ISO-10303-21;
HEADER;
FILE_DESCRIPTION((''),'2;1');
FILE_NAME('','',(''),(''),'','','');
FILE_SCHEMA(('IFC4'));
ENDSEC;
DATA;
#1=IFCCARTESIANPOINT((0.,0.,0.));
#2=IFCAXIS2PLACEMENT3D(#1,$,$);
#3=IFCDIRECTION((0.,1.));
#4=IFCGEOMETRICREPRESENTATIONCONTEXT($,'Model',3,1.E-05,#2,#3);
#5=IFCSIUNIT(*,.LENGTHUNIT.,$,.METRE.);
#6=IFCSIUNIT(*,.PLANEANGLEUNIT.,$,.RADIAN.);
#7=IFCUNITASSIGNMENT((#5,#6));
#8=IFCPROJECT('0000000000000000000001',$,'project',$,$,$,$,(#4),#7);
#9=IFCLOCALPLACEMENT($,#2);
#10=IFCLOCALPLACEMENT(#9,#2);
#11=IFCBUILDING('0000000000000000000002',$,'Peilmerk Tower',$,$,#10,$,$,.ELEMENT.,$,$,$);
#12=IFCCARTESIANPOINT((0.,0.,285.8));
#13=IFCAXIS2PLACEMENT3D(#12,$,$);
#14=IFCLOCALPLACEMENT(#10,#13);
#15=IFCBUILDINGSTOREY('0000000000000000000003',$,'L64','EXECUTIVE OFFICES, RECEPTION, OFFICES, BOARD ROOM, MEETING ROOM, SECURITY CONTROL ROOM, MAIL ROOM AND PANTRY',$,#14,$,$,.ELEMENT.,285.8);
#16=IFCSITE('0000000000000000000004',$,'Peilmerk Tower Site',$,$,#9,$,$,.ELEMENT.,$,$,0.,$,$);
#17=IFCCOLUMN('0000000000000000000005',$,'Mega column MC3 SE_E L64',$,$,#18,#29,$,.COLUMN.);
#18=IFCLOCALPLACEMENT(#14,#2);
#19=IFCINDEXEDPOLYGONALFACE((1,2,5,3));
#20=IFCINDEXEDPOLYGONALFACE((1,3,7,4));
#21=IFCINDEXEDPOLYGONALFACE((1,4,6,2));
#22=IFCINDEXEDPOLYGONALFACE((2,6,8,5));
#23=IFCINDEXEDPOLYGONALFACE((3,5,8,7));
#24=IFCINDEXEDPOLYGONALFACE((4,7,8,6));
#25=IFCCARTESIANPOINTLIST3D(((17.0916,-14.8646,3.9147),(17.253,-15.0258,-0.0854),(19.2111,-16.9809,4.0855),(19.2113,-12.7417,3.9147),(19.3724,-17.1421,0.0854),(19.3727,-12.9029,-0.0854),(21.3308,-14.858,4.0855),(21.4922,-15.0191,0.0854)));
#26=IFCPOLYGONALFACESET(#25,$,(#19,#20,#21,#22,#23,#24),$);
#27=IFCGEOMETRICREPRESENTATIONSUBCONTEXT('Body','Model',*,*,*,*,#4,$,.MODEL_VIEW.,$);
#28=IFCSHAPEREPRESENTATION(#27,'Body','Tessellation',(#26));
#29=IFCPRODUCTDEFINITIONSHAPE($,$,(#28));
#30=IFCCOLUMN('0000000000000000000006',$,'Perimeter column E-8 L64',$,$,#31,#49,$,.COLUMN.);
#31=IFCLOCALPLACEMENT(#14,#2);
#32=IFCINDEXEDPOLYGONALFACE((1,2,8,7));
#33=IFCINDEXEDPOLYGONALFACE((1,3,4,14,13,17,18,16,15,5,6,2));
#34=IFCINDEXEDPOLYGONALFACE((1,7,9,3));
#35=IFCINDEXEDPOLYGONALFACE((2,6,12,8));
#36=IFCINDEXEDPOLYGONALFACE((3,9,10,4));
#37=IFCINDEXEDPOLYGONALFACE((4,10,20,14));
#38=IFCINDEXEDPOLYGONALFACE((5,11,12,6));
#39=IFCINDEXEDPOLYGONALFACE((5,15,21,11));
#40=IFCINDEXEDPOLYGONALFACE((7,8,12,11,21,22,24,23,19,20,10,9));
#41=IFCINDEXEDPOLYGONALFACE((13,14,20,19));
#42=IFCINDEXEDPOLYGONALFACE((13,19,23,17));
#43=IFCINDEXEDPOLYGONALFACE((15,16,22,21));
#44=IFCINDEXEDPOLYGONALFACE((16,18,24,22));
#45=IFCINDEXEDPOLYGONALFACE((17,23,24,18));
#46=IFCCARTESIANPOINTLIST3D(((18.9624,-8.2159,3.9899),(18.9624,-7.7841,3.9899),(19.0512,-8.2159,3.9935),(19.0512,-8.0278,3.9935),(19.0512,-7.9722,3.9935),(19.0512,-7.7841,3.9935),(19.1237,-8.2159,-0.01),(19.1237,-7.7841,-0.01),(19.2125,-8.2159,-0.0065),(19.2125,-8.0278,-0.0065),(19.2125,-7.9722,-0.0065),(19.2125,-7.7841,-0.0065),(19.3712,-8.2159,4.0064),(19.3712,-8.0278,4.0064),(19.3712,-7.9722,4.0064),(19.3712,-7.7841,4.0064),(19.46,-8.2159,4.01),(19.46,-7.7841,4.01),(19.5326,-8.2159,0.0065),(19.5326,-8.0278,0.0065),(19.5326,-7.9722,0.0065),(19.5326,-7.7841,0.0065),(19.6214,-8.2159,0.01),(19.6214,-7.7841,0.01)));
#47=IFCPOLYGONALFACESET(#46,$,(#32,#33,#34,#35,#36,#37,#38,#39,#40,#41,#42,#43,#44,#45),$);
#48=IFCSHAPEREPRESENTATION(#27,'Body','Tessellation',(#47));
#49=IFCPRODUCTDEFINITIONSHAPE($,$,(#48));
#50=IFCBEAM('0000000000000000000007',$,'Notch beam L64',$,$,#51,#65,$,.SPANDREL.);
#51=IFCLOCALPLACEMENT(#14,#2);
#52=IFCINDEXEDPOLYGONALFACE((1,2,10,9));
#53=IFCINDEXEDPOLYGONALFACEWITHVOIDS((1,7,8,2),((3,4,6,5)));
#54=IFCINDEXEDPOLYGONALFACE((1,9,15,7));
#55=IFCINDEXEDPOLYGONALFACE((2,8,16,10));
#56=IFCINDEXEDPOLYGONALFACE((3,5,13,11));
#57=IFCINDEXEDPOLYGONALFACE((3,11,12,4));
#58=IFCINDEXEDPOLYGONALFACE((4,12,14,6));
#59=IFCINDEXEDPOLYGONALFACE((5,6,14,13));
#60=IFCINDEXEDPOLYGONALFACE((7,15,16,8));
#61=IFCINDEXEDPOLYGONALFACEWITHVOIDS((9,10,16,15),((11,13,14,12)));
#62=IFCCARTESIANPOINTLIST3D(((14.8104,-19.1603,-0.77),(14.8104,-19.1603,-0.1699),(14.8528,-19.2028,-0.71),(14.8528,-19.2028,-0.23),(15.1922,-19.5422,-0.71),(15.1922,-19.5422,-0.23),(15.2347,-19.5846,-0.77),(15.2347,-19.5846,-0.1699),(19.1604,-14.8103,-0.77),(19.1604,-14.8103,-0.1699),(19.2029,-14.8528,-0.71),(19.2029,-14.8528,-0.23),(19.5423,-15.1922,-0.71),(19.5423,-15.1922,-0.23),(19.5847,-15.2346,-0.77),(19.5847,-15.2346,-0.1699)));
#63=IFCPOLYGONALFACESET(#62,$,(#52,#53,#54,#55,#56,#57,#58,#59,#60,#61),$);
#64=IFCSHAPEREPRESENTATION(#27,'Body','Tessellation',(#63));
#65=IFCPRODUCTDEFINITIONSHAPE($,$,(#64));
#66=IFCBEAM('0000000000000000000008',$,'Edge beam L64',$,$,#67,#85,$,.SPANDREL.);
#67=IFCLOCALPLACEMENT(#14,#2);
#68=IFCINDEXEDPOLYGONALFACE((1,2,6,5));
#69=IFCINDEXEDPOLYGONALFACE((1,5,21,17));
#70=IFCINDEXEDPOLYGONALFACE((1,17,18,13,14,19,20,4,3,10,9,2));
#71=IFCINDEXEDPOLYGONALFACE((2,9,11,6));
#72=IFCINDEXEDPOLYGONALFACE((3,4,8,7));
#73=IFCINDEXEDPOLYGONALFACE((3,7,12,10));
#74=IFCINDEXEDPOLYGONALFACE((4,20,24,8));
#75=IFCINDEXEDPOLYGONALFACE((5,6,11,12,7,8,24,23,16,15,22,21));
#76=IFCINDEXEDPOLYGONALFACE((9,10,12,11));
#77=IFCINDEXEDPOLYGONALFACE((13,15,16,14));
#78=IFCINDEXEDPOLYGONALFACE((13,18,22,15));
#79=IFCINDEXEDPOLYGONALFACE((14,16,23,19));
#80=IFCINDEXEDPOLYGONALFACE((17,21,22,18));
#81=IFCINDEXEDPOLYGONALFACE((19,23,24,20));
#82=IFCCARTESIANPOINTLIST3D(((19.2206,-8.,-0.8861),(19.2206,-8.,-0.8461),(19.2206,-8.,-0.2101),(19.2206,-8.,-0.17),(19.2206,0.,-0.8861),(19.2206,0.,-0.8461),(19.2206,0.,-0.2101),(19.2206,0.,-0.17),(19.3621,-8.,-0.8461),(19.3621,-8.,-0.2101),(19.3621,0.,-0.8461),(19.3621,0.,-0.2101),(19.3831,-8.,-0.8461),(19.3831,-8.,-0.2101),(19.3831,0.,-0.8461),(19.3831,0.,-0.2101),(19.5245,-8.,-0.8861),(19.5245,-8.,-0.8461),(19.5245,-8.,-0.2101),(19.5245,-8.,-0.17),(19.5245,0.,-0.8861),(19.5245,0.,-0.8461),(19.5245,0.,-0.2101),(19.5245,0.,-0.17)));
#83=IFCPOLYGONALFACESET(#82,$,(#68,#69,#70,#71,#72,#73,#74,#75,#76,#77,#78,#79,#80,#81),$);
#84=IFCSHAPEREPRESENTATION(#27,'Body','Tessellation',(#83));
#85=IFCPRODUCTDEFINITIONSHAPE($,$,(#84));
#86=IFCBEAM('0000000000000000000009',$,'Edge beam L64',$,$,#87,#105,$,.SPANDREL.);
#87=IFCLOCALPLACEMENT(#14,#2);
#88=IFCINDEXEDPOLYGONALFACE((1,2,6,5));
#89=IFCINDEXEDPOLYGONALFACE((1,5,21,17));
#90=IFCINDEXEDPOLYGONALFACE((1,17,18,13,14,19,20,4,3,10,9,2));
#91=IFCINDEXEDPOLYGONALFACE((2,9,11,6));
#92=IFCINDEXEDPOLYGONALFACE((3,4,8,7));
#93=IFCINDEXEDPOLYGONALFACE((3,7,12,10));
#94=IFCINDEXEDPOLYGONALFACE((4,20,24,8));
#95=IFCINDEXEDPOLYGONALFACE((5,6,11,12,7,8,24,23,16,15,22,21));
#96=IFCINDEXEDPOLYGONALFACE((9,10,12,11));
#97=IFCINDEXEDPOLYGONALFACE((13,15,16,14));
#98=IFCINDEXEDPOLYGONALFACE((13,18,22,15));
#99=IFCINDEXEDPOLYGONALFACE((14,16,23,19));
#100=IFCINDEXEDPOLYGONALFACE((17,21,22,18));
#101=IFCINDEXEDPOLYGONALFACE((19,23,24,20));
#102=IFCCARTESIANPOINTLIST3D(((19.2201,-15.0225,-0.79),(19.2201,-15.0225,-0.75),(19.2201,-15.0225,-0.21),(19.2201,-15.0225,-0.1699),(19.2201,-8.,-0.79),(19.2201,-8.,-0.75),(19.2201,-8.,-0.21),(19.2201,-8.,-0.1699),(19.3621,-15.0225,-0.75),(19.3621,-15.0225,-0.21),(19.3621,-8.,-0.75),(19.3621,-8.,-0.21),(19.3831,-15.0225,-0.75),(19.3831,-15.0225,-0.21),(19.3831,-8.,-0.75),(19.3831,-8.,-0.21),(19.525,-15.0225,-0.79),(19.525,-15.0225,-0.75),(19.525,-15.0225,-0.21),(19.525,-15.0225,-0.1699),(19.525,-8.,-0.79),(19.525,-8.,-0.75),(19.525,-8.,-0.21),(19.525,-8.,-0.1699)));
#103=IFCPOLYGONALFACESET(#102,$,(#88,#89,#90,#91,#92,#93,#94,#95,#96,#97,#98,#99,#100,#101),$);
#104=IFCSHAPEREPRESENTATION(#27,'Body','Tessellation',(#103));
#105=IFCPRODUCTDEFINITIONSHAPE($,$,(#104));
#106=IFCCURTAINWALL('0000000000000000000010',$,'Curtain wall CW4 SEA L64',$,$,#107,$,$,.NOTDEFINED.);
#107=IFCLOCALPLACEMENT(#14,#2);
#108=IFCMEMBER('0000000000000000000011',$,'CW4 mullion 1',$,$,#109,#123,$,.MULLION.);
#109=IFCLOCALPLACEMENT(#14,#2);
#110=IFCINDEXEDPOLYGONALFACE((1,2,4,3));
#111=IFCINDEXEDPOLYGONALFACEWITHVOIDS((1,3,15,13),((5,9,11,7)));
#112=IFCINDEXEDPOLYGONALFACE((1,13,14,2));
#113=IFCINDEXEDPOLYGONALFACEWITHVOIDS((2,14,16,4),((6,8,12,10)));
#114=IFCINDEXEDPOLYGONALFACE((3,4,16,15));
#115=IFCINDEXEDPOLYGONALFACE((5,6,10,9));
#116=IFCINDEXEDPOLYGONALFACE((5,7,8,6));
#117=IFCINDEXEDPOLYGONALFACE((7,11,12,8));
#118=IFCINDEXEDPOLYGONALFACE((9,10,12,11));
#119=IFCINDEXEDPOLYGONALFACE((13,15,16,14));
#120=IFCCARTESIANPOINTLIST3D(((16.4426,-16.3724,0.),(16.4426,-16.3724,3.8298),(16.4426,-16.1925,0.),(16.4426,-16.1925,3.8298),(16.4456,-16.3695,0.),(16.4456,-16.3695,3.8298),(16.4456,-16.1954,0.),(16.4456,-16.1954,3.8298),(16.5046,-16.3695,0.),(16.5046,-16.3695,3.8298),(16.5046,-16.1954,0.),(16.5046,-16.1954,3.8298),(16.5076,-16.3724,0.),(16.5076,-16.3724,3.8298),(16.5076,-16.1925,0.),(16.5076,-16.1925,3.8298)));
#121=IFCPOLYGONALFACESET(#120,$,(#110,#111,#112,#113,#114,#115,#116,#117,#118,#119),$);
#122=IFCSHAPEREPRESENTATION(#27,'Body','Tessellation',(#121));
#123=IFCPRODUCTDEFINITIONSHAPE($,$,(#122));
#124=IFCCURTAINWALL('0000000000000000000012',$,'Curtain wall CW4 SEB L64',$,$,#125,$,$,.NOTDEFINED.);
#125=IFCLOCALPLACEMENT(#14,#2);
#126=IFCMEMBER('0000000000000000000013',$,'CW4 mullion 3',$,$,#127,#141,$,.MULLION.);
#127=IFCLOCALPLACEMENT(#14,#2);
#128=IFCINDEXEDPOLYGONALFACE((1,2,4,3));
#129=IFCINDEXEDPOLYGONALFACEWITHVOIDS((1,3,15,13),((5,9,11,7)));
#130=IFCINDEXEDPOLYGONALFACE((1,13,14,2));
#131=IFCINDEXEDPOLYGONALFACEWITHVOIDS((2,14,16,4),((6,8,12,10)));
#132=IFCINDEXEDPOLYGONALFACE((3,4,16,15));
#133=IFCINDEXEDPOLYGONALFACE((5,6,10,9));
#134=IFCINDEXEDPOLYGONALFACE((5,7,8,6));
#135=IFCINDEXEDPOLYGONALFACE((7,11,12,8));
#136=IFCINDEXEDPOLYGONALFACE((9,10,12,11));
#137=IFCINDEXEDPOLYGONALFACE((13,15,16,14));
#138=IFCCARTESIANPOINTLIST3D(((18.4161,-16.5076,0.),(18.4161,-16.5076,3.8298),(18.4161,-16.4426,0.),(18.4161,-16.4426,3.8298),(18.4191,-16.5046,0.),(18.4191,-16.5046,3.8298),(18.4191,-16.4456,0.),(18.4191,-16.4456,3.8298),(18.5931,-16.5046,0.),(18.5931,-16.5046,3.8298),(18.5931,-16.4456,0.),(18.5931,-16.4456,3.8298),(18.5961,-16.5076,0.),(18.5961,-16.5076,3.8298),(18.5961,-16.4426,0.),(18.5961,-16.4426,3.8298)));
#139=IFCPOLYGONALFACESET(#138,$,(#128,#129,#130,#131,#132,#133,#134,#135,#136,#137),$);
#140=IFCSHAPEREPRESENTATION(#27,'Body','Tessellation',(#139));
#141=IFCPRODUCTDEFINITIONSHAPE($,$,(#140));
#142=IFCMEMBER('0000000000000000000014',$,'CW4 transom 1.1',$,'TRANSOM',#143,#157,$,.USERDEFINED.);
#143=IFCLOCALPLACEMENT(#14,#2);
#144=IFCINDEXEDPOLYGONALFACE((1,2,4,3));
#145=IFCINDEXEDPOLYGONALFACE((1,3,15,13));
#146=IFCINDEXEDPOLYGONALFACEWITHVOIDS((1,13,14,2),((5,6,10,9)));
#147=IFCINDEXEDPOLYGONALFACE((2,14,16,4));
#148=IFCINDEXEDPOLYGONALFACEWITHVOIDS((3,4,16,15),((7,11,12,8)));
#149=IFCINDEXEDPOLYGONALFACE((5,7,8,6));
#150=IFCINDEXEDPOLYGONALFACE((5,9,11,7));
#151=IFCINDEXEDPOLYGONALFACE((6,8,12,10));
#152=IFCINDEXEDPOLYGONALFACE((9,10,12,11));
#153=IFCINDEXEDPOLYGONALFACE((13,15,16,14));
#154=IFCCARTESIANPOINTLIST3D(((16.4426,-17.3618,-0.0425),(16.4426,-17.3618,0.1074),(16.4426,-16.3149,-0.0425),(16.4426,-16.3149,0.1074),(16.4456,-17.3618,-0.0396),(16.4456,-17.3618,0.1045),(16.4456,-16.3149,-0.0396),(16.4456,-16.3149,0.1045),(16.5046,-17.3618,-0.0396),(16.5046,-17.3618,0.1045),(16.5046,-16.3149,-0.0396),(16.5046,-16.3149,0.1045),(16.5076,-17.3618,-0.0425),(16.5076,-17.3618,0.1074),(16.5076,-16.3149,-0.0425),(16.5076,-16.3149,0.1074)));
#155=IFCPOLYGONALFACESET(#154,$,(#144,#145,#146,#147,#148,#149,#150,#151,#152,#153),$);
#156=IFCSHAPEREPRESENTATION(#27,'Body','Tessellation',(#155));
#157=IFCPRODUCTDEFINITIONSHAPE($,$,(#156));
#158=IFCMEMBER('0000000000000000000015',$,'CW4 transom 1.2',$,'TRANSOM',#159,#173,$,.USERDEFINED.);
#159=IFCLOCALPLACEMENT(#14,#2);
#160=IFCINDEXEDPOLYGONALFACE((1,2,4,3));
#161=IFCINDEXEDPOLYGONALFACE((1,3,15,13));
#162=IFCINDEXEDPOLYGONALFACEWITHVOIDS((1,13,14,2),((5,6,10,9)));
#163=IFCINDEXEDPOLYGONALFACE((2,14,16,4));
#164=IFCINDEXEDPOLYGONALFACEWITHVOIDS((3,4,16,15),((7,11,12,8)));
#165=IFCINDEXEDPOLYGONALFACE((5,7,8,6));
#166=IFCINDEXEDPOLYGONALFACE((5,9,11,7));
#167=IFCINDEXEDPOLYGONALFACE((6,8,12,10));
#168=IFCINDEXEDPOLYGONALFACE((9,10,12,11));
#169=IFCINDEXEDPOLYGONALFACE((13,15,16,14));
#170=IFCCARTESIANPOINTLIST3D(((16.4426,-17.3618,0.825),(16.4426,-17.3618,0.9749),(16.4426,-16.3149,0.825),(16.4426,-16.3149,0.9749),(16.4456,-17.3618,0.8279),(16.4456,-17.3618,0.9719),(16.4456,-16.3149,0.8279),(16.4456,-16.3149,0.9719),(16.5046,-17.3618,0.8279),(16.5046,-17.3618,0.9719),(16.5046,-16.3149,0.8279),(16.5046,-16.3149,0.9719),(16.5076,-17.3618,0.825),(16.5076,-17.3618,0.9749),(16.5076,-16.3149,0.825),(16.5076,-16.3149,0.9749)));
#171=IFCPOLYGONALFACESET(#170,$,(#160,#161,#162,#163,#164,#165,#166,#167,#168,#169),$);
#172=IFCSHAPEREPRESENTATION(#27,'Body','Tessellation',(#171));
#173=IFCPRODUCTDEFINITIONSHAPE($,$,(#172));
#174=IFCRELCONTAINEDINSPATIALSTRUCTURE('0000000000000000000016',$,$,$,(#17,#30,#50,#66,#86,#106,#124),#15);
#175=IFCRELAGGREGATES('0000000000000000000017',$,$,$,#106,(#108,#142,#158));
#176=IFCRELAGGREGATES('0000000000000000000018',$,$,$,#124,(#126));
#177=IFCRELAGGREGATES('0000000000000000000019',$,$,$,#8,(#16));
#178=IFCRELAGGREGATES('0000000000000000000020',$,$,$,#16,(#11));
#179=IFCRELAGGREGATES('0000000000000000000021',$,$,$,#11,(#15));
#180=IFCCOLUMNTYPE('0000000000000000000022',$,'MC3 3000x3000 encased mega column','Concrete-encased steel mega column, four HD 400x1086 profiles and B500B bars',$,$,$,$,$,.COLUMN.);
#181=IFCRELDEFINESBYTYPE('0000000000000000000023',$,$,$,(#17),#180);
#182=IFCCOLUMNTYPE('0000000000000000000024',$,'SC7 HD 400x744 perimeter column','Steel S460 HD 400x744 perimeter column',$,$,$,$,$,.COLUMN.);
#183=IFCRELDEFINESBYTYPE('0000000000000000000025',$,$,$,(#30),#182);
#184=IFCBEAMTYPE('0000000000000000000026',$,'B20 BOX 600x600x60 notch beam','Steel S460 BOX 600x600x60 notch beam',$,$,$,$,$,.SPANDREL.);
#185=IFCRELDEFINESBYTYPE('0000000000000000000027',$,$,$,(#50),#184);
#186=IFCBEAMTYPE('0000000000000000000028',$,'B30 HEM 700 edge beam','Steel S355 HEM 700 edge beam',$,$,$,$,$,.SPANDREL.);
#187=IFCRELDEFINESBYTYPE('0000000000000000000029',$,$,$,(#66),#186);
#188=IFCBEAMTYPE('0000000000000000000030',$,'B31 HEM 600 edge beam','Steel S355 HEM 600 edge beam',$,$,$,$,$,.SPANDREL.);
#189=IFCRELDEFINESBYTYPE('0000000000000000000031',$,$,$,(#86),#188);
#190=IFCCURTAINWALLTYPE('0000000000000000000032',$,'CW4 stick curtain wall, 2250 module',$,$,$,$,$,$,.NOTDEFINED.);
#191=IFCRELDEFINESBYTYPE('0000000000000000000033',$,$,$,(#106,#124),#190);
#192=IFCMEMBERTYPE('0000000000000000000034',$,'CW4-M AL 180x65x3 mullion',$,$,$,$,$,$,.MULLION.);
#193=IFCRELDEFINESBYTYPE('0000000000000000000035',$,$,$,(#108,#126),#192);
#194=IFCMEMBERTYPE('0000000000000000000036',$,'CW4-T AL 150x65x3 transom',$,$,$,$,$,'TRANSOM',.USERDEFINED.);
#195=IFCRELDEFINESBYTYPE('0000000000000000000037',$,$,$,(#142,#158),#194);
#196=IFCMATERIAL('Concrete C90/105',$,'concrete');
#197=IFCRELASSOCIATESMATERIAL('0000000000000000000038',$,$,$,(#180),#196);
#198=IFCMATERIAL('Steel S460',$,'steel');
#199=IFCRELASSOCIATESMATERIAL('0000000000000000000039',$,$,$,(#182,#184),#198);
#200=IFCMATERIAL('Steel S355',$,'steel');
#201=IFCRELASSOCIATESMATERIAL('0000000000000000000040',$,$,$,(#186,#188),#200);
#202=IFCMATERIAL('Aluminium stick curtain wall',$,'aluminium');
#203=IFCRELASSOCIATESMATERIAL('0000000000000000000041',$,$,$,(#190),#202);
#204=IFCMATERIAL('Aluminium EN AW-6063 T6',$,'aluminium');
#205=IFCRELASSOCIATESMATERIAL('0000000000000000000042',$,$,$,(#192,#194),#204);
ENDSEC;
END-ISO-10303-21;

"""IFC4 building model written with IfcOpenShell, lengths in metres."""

from ifc_helpers import new_model, si_unit, direction, frame, origin, origin_2d, place, context, subcontext, project, spatial, rectangle, hollow_rectangle, i_section, extrude, material, material_profile, profile_set, type_object, element, aggregate, save


model = new_model("IFC4")

# Units and contexts
model_context = context("Model", 3, precision=1e-05, world=origin(), true_north=direction((0.0, 1.0)))
body_context = subcontext(model_context, "Body", "Model", "MODEL_VIEW")
ifc_project = project(units=[si_unit("LENGTHUNIT", "METRE"), si_unit("PLANEANGLEUNIT", "RADIAN")], contexts=[model_context])

# Site, building, storey
site_placement = place(None, origin())
site = spatial("IfcSite", under=ifc_project, at=site_placement, Name="Peilmerk Tower Site", CompositionType="ELEMENT", RefElevation=0.0)
building_placement = place(site_placement, origin())
building = spatial("IfcBuilding", under=site, at=building_placement, Name="Peilmerk Tower", CompositionType="ELEMENT")
storey_placement = place(building_placement, frame((0.0, 0.0, 285.8)))
storey = spatial("IfcBuildingStorey", under=building, at=storey_placement, Name="L64", Description="EXECUTIVE OFFICES, RECEPTION, OFFICES, BOARD ROOM, MEETING ROOM, SECURITY CONTROL ROOM, MAIL ROOM AND PANTRY", CompositionType="ELEMENT", Elevation=285.8)

# Columns
ifc_material_1 = material(Name="Concrete C90/105", Category="concrete")
ifc_material_profile_1 = material_profile(ifc_material_1, rectangle(XDim=3.0, YDim=3.0, at=origin_2d()), Name="RC 3000x3000")
ifc_profile_set_1 = profile_set([ifc_material_profile_1], Name="Concrete C90/105")
column_type_1 = type_object("IfcColumnType", Name="MC3 3000x3000 encased mega column", Description="Concrete-encased steel mega column, four HD 400x1086 profiles and B500B bars", PredefinedType="COLUMN", material=ifc_profile_set_1)
column_1_placement = place(storey_placement, frame((19.3726, -15.0225, 0.0), z_axis=(-0.040279, 0.040218, 0.998379), x_axis=(-0.706571, -0.707642, 0.0)))
element("IfcColumn", 1, at=column_1_placement, inside=storey, type_object=column_type_1, Name="Mega column MC3 SE_E L64", PredefinedType="COLUMN", context=body_context, shape_type="SweptSolid", body=[
    extrude(rectangle(XDim=3.0, YDim=3.0, at=origin_2d()), origin(), (0.0, 0.0, 1.0), 4.0066),
])
ifc_material_2 = material(Name="Steel S460", Category="steel")
ifc_material_profile_2 = material_profile(ifc_material_2, i_section(OverallWidth=0.4319, OverallDepth=0.498, WebThickness=0.0557, FlangeThickness=0.0889, at=origin_2d()), Name="HD 400x744")
ifc_profile_set_2 = profile_set([ifc_material_profile_2], Name="Steel S460")
column_type_2 = type_object("IfcColumnType", Name="SC7 HD 400x744 perimeter column", Description="Steel S460 HD 400x744 perimeter column", PredefinedType="COLUMN", material=ifc_profile_set_2)
column_2_placement = place(storey_placement, frame((19.3726, -8.0, 0.0), z_axis=(-0.040311, 0.0, 0.999187), x_axis=(0.0, -1.0, 0.0)))
element("IfcColumn", 2, at=column_2_placement, inside=storey, type_object=column_type_2, Name="Perimeter column E-8 L64", PredefinedType="COLUMN", context=body_context, shape_type="SweptSolid", body=[
    extrude(i_section(OverallWidth=0.4319, OverallDepth=0.498, WebThickness=0.0557, FlangeThickness=0.0889, at=origin_2d()), origin(), (0.0, 0.0, 1.0), 4.0032),
])

# Beams
ifc_material_profile_3 = material_profile(ifc_material_2, hollow_rectangle(XDim=0.6001, YDim=0.6001, WallThickness=0.0601, at=origin_2d()), Name="BOX 600x600x60")
ifc_profile_set_3 = profile_set([ifc_material_profile_3], Name="Steel S460")
beam_type_1 = type_object("IfcBeamType", Name="B20 BOX 600x600x60 notch beam", Description="Steel S460 BOX 600x600x60 notch beam", PredefinedType="SPANDREL", material=ifc_profile_set_3)
beam_1_placement = place(storey_placement, frame((19.3726, -15.0225, -0.47), z_axis=(-0.707107, -0.707107, 0.0), x_axis=(0.707107, -0.707107, 0.0)))
element("IfcBeam", 3, at=beam_1_placement, inside=storey, type_object=beam_type_1, Name="Notch beam L64", PredefinedType="SPANDREL", context=body_context, shape_type="SweptSolid", body=[
    extrude(hollow_rectangle(XDim=0.6001, YDim=0.6001, WallThickness=0.0601, at=origin_2d()), origin(), (0.0, 0.0, 1.0), 6.1519),
])
ifc_material_3 = material(Name="Steel S355", Category="steel")
ifc_material_profile_4 = material_profile(ifc_material_3, i_section(OverallWidth=0.304, OverallDepth=0.7161, WebThickness=0.021, FlangeThickness=0.04, at=origin_2d()), Name="HEM 700")
ifc_profile_set_4 = profile_set([ifc_material_profile_4], Name="Steel S355")
beam_type_2 = type_object("IfcBeamType", Name="B30 HEM 700 edge beam", Description="Steel S355 HEM 700 edge beam", PredefinedType="SPANDREL", material=ifc_profile_set_4)
beam_2_placement = place(storey_placement, frame((19.3726, -8.0, -0.5281), z_axis=(0.0, 1.0, 0.0), x_axis=(-1.0, 0.0, 0.0)))
element("IfcBeam", 4, at=beam_2_placement, inside=storey, type_object=beam_type_2, Name="Edge beam L64", PredefinedType="SPANDREL", context=body_context, shape_type="SweptSolid", body=[
    extrude(i_section(OverallWidth=0.304, OverallDepth=0.7161, WebThickness=0.021, FlangeThickness=0.04, at=origin_2d()), origin(), (0.0, 0.0, 1.0), 8.0),
])
ifc_material_profile_5 = material_profile(ifc_material_3, i_section(OverallWidth=0.3049, OverallDepth=0.6201, WebThickness=0.021, FlangeThickness=0.04, at=origin_2d()), Name="HEM 600")
ifc_profile_set_5 = profile_set([ifc_material_profile_5], Name="Steel S355")
beam_type_3 = type_object("IfcBeamType", Name="B31 HEM 600 edge beam", Description="Steel S355 HEM 600 edge beam", PredefinedType="SPANDREL", material=ifc_profile_set_5)
beam_3_placement = place(storey_placement, frame((19.3726, -15.0225, -0.48), z_axis=(0.0, 1.0, 0.0), x_axis=(-1.0, 0.0, 0.0)))
element("IfcBeam", 5, at=beam_3_placement, inside=storey, type_object=beam_type_3, Name="Edge beam L64", PredefinedType="SPANDREL", context=body_context, shape_type="SweptSolid", body=[
    extrude(i_section(OverallWidth=0.3049, OverallDepth=0.6201, WebThickness=0.021, FlangeThickness=0.04, at=origin_2d()), origin(), (0.0, 0.0, 1.0), 7.0225),
])

# Curtain walls, members
ifc_material_4 = material(Name="Aluminium stick curtain wall", Category="aluminium")
curtain_wall_type = type_object("IfcCurtainWallType", Name="CW4 stick curtain wall, 2250 module", PredefinedType="NOTDEFINED", material=ifc_material_4)
curtain_wall_1_placement = place(storey_placement, origin())
curtain_wall_1 = element("IfcCurtainWall", 6, at=curtain_wall_1_placement, inside=storey, type_object=curtain_wall_type, Name="Curtain wall CW4 SEA L64", PredefinedType="NOTDEFINED")
ifc_material_5 = material(Name="Aluminium EN AW-6063 T6", Category="aluminium")
ifc_material_profile_6 = material_profile(ifc_material_5, hollow_rectangle(XDim=0.0649, YDim=0.1799, WallThickness=0.0029, at=origin_2d()), Name="AL 180x65x3")
ifc_profile_set_6 = profile_set([ifc_material_profile_6], Name="Aluminium EN AW-6063 T6")
member_type_1 = type_object("IfcMemberType", Name="CW4-M AL 180x65x3 mullion", PredefinedType="MULLION", material=ifc_profile_set_6)
member_1_placement = place(storey_placement, frame((16.4751, -16.2825, 0.0), z_axis=(0.0, 0.0, 1.0), x_axis=(1.0, 0.0, 0.0)))
member_1 = element("IfcMember", 7, at=member_1_placement, type_object=member_type_1, Name="CW4 mullion 1", PredefinedType="MULLION", context=body_context, shape_type="SweptSolid", body=[
    extrude(hollow_rectangle(XDim=0.0649, YDim=0.1799, WallThickness=0.0029, at=origin_2d()), origin(), (0.0, 0.0, 1.0), 3.8298),
])
curtain_wall_2_placement = place(storey_placement, origin())
curtain_wall_2 = element("IfcCurtainWall", 8, at=curtain_wall_2_placement, inside=storey, type_object=curtain_wall_type, Name="Curtain wall CW4 SEB L64", PredefinedType="NOTDEFINED")
member_2_placement = place(storey_placement, frame((18.5061, -16.4751, 0.0), z_axis=(0.0, 0.0, 1.0), x_axis=(0.0, 1.0, 0.0)))
member_2 = element("IfcMember", 9, at=member_2_placement, type_object=member_type_1, Name="CW4 mullion 3", PredefinedType="MULLION", context=body_context, shape_type="SweptSolid", body=[
    extrude(hollow_rectangle(XDim=0.0649, YDim=0.1799, WallThickness=0.0029, at=origin_2d()), origin(), (0.0, 0.0, 1.0), 3.8298),
])

# Members
ifc_material_profile_7 = material_profile(ifc_material_5, hollow_rectangle(XDim=0.0649, YDim=0.1499, WallThickness=0.0029, at=origin_2d()), Name="AL 150x65x3")
ifc_profile_set_7 = profile_set([ifc_material_profile_7], Name="Aluminium EN AW-6063 T6")
member_type_2 = type_object("IfcMemberType", Name="CW4-T AL 150x65x3 transom", ElementType="TRANSOM", PredefinedType="USERDEFINED", material=ifc_profile_set_7)
member_3_placement = place(storey_placement, frame((16.4751, -16.3149, 0.0325), z_axis=(0.0, -1.0, 0.0), x_axis=(1.0, 0.0, 0.0)))
member_3 = element("IfcMember", 10, at=member_3_placement, type_object=member_type_2, Name="CW4 transom 1.1", ObjectType="TRANSOM", PredefinedType="USERDEFINED", context=body_context, shape_type="SweptSolid", body=[
    extrude(hollow_rectangle(XDim=0.0649, YDim=0.1499, WallThickness=0.0029, at=origin_2d()), origin(), (0.0, 0.0, 1.0), 1.0469),
])
member_4_placement = place(storey_placement, frame((16.4751, -16.3149, 0.8999), z_axis=(0.0, -1.0, 0.0), x_axis=(1.0, 0.0, 0.0)))
member_4 = element("IfcMember", 11, at=member_4_placement, type_object=member_type_2, Name="CW4 transom 1.2", ObjectType="TRANSOM", PredefinedType="USERDEFINED", context=body_context, shape_type="SweptSolid", body=[
    extrude(hollow_rectangle(XDim=0.0649, YDim=0.1499, WallThickness=0.0029, at=origin_2d()), origin(), (0.0, 0.0, 1.0), 1.0469),
])
aggregate(curtain_wall_1, [member_1, member_3, member_4])

aggregate(curtain_wall_2, [member_2])

save(model, "model.ifc")
